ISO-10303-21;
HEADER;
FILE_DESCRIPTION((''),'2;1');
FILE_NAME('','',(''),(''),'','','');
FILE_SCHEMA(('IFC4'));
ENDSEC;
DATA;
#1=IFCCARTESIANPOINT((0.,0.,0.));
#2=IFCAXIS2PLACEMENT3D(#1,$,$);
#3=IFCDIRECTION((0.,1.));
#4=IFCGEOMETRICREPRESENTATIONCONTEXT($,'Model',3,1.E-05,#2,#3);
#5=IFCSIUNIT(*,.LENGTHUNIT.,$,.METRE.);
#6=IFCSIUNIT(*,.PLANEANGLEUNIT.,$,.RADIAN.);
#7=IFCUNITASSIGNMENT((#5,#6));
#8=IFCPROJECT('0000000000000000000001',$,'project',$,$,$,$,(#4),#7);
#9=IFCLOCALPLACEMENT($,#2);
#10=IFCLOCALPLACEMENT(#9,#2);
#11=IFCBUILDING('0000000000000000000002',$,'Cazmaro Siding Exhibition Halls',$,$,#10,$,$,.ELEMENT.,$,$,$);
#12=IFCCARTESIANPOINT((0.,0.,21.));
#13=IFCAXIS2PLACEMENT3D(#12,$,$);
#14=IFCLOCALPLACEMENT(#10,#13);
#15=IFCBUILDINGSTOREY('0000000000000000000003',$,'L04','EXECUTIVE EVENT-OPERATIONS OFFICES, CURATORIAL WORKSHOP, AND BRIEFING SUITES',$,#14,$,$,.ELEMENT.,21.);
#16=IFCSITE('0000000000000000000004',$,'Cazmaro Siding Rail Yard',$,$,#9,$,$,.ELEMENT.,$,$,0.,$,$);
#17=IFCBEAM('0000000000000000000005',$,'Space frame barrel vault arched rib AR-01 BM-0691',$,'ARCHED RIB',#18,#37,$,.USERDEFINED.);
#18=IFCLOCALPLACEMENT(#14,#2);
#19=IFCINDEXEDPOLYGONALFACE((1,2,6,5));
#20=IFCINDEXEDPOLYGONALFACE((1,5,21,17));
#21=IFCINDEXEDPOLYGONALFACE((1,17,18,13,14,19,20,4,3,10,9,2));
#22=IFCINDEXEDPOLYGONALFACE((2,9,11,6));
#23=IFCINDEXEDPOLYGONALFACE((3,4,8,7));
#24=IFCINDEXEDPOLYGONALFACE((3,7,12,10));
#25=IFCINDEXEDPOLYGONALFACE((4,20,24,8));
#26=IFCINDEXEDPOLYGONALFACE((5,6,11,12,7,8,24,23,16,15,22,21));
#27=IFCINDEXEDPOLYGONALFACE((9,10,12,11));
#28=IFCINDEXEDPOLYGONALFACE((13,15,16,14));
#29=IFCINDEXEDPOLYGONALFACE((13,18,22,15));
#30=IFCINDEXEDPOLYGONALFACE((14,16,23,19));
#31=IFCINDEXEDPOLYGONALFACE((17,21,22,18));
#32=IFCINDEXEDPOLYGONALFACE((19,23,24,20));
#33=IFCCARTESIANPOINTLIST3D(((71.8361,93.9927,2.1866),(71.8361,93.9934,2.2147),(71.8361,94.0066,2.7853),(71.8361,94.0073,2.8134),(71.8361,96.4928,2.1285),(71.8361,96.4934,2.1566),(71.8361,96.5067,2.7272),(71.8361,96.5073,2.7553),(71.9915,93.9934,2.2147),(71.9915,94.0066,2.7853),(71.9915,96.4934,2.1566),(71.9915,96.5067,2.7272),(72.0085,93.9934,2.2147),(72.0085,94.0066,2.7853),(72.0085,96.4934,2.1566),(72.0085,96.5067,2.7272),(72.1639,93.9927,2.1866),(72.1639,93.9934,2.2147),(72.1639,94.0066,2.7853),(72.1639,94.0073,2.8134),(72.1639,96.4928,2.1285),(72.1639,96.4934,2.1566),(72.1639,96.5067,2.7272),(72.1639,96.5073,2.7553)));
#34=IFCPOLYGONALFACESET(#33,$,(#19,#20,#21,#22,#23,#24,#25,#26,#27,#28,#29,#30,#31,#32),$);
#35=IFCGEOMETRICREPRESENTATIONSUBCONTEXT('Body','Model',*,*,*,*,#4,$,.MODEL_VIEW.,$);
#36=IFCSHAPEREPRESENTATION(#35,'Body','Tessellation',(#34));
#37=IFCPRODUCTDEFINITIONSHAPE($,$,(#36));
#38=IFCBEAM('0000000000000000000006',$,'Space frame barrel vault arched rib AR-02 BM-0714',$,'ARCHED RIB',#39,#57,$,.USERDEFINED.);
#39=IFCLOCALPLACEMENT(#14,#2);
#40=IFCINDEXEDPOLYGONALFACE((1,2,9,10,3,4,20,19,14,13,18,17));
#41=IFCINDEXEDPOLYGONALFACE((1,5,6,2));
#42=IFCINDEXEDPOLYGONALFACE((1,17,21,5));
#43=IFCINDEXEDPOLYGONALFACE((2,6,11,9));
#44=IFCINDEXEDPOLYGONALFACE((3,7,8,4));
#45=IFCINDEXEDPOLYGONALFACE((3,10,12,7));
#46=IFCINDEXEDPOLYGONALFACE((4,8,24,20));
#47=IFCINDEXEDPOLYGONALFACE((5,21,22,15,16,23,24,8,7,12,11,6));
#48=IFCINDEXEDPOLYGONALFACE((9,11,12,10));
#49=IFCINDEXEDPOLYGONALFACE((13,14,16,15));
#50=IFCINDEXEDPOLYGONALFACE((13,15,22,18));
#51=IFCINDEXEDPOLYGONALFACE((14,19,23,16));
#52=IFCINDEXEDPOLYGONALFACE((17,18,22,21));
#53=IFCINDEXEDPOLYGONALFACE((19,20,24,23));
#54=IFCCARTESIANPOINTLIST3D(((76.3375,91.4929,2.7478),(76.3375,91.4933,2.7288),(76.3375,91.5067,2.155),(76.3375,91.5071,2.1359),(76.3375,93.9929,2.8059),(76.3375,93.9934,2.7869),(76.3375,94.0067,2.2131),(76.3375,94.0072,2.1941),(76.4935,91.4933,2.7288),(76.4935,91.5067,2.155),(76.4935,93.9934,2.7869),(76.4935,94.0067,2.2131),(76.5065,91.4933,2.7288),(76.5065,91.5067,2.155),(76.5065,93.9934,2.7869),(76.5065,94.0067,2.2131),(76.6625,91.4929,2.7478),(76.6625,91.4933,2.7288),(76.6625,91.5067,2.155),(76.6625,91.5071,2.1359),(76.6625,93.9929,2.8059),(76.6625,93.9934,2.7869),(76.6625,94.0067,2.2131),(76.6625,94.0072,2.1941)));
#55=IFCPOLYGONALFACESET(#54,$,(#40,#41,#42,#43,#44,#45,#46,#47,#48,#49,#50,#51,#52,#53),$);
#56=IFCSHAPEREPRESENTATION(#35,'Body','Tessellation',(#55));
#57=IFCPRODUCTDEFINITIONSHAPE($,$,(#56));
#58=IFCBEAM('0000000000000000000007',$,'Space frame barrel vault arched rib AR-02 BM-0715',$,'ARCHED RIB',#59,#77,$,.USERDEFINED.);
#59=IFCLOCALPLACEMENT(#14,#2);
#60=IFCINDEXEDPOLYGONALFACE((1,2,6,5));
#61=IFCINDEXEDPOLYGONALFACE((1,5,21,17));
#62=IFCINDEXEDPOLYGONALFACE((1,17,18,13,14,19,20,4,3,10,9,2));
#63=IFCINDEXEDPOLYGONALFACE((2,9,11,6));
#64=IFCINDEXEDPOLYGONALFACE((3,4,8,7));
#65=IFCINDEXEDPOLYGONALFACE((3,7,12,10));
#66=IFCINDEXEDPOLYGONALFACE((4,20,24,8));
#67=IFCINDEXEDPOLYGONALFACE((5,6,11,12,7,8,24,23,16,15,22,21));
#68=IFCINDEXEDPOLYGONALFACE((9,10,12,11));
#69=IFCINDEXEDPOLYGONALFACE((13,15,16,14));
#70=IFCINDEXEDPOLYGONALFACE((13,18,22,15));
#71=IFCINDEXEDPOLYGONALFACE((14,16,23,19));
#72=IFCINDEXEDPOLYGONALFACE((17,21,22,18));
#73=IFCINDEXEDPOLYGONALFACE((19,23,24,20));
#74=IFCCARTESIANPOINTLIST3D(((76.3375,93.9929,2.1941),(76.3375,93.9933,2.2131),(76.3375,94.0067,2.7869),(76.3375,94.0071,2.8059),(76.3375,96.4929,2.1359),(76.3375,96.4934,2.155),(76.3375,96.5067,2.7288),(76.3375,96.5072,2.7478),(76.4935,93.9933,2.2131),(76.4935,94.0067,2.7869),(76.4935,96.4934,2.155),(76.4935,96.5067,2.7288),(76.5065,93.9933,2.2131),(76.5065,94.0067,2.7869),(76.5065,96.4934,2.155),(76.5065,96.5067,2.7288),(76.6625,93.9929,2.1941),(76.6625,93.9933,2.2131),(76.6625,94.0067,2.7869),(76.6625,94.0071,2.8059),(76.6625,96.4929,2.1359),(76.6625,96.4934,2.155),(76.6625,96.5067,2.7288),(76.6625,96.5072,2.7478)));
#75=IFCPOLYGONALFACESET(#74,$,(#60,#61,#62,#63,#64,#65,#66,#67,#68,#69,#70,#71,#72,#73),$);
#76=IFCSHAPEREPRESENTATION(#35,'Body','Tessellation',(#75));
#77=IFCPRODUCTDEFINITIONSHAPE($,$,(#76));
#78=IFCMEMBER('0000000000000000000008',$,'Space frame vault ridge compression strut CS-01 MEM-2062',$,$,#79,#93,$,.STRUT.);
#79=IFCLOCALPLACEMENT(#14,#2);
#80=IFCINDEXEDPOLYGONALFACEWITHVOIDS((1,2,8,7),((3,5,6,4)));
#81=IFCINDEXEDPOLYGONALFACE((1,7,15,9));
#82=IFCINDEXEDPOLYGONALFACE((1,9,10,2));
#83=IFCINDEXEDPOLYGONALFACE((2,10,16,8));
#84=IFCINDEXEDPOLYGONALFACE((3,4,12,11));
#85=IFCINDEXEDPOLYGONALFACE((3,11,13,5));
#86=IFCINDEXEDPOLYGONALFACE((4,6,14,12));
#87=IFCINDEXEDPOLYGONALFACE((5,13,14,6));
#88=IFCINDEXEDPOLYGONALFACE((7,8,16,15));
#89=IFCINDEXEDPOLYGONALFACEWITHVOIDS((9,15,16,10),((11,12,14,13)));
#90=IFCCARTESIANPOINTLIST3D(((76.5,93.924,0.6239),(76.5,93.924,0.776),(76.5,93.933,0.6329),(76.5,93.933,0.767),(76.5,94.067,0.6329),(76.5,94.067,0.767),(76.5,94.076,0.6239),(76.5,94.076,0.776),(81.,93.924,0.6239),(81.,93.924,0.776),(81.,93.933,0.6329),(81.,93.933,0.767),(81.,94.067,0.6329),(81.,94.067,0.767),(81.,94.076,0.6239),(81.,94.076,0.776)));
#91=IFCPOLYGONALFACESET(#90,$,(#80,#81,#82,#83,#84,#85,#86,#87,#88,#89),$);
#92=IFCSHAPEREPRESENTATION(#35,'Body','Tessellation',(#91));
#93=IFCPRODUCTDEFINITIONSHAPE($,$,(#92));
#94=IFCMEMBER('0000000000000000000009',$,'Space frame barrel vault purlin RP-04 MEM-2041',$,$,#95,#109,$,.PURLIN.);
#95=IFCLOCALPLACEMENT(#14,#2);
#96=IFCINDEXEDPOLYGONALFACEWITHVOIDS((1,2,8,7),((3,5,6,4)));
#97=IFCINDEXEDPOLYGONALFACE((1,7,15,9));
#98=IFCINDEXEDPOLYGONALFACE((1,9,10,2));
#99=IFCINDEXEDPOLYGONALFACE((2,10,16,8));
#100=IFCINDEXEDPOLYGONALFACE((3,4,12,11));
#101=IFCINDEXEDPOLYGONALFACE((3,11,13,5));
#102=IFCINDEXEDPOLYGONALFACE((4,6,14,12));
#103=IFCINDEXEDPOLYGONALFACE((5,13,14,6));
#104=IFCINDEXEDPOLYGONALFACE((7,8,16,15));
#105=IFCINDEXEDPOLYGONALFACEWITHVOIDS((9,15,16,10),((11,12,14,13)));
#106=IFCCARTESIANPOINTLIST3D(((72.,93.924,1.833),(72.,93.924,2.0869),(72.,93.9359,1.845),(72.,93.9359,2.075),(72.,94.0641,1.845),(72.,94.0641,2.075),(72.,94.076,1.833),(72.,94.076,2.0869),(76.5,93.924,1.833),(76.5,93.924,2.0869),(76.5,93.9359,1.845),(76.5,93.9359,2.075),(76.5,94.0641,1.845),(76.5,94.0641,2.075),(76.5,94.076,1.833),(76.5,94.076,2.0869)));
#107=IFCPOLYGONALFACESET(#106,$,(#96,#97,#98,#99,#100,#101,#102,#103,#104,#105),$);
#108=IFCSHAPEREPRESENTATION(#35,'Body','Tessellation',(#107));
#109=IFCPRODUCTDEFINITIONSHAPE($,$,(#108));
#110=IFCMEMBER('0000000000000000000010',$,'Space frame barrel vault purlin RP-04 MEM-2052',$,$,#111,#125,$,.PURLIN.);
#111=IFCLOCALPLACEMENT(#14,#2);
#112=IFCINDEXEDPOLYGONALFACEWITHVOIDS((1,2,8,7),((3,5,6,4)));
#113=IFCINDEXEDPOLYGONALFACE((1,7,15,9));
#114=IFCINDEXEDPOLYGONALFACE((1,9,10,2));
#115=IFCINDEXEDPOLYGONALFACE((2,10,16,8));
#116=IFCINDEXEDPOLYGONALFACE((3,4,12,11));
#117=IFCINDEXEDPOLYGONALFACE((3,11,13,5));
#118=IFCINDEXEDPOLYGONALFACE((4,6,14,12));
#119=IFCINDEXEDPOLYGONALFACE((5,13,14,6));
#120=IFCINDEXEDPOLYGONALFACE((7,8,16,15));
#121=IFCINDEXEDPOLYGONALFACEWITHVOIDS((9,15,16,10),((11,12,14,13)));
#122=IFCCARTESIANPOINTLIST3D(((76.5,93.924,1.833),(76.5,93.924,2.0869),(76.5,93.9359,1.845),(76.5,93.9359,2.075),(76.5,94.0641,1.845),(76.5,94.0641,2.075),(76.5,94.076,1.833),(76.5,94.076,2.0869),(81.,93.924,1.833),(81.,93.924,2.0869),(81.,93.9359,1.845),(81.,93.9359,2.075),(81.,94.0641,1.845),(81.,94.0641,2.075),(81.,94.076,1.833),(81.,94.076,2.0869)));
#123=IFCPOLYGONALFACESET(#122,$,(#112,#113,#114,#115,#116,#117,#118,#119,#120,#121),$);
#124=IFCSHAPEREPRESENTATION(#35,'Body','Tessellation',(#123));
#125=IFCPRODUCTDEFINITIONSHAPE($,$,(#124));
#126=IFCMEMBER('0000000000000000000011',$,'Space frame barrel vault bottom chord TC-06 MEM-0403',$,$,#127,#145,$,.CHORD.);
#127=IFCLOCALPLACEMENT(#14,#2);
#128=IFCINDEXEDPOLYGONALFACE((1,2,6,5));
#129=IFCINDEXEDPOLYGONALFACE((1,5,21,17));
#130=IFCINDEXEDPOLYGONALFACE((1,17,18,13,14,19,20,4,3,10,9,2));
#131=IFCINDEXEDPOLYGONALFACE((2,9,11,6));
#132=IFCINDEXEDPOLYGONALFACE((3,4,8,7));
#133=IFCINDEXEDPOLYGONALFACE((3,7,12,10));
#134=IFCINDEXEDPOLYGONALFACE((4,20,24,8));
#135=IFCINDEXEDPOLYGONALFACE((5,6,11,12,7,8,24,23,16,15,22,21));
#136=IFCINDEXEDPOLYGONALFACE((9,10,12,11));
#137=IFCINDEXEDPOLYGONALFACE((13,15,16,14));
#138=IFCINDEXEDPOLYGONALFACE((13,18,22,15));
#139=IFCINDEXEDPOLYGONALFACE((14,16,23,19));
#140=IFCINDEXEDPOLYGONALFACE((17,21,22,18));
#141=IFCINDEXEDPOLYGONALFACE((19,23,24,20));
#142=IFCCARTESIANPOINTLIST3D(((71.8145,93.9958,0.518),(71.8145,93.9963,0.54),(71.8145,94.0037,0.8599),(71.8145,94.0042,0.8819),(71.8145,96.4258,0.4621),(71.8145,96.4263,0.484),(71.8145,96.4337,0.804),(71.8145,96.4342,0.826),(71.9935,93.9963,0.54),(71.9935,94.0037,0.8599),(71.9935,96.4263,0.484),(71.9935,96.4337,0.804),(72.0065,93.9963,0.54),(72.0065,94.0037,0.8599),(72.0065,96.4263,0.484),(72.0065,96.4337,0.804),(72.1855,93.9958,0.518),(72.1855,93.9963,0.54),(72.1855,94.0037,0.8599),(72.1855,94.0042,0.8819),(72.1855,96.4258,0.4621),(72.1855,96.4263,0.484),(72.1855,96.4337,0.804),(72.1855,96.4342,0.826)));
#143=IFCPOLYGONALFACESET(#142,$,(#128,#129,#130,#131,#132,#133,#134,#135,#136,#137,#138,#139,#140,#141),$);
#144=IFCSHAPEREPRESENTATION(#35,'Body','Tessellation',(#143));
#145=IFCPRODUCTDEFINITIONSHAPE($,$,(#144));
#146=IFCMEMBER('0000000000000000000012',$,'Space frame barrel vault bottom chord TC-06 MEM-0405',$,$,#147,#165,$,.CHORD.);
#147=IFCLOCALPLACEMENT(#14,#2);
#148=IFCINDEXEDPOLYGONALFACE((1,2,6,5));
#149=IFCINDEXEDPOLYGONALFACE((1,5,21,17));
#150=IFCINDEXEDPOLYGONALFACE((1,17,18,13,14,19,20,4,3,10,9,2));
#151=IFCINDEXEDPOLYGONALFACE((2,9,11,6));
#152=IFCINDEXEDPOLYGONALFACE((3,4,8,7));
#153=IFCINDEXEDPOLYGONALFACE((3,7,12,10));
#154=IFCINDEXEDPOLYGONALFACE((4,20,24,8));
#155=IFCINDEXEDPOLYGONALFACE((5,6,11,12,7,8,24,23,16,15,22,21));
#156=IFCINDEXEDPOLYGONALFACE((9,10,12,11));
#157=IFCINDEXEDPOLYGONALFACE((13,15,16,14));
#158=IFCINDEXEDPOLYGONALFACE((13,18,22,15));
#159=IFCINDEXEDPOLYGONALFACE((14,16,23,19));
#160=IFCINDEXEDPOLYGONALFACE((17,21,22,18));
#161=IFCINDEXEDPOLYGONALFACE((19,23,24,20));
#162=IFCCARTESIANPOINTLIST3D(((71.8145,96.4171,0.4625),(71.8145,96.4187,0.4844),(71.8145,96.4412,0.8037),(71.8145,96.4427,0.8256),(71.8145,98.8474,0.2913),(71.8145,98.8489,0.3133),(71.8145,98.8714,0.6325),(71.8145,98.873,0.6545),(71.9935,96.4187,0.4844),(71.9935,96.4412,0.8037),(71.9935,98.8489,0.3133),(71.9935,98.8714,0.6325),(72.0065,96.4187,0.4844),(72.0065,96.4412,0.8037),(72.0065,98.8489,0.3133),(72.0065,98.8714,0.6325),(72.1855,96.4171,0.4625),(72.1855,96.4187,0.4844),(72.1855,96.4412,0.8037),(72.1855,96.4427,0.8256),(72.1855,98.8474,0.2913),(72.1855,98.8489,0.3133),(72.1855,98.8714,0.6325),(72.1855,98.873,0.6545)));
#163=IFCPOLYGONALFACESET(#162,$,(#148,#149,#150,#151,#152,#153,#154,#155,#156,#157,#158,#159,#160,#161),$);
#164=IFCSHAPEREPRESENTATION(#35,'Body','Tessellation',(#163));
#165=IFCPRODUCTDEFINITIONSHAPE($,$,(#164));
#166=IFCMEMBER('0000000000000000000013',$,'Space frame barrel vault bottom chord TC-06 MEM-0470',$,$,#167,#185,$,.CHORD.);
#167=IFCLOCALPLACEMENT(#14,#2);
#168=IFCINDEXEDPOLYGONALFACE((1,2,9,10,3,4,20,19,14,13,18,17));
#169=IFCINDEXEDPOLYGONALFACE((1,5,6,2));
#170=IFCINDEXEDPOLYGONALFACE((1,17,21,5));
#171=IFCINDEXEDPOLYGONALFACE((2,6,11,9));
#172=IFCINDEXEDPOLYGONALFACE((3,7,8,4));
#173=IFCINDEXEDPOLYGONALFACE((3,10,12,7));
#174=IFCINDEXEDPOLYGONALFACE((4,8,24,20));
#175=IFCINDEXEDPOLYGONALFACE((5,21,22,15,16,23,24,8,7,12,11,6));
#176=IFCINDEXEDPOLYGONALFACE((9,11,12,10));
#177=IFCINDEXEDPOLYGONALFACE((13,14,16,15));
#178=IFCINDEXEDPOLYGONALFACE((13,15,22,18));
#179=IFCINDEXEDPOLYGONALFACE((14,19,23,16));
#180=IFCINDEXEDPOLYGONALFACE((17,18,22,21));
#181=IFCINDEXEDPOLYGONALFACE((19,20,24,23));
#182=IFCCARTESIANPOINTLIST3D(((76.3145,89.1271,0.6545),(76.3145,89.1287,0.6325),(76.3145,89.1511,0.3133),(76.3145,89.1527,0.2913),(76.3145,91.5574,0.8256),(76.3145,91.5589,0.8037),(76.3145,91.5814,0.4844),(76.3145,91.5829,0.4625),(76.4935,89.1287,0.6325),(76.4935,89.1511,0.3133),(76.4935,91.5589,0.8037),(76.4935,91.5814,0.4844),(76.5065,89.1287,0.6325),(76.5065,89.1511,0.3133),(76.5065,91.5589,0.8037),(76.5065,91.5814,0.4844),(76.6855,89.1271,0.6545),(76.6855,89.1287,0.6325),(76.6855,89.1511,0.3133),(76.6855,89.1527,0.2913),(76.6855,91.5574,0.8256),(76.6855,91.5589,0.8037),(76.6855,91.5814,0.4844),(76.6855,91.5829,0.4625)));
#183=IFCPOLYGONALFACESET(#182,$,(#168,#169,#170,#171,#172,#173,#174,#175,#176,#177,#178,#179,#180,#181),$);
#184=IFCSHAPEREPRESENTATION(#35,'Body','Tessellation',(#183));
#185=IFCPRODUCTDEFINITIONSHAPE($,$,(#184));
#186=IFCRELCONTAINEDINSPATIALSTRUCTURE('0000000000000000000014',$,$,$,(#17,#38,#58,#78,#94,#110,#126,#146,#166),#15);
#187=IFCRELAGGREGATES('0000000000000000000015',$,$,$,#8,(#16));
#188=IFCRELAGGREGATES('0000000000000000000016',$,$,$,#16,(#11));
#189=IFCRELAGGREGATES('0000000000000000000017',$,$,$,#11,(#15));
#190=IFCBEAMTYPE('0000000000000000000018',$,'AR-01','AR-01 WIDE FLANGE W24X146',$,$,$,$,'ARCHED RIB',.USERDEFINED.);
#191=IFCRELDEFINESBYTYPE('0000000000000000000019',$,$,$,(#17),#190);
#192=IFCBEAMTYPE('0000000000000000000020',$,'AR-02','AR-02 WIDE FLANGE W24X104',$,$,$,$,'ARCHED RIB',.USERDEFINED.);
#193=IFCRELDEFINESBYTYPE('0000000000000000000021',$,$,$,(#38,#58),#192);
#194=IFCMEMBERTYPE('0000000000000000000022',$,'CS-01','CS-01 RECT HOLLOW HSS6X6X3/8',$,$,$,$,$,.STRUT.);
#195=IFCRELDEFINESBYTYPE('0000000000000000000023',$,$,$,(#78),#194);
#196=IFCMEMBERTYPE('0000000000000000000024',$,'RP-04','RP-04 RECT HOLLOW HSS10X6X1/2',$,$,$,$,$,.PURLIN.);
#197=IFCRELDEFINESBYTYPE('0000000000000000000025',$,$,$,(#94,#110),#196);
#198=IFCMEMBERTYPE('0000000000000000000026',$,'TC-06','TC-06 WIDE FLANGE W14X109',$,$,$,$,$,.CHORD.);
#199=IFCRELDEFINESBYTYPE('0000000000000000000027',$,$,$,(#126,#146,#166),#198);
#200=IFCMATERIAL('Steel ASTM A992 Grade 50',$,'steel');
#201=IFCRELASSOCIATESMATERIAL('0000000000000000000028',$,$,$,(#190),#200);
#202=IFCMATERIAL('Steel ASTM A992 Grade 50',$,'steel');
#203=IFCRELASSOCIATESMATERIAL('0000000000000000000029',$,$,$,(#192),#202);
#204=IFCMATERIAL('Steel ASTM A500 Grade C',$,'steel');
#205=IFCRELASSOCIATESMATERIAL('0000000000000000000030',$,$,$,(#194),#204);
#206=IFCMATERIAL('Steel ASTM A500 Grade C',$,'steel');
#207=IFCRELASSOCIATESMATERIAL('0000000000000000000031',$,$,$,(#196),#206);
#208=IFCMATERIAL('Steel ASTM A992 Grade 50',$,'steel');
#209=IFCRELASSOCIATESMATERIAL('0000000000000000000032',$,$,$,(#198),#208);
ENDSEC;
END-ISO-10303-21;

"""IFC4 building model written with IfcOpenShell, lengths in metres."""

from ifc_helpers import new_model, si_unit, direction, frame, origin, origin_2d, place, context, subcontext, project, spatial, hollow_rectangle, i_section, extrude, material, material_profile, profile_set, type_object, element, save


model = new_model("IFC4")

# Units and contexts
model_context = context("Model", 3, precision=1e-05, world=origin(), true_north=direction((0.0, 1.0)))
body_context = subcontext(model_context, "Body", "Model", "MODEL_VIEW")
ifc_project = project(units=[si_unit("LENGTHUNIT", "METRE"), si_unit("PLANEANGLEUNIT", "RADIAN")], contexts=[model_context])

# Site, building, storey
site_placement = place(None, origin())
site = spatial("IfcSite", under=ifc_project, at=site_placement, Name="Cazmaro Siding Rail Yard", CompositionType="ELEMENT", RefElevation=0.0)
building_placement = place(site_placement, origin())
building = spatial("IfcBuilding", under=site, at=building_placement, Name="Cazmaro Siding Exhibition Halls", CompositionType="ELEMENT")
storey_placement = place(building_placement, frame((0.0, 0.0, 21.0)))
storey = spatial("IfcBuildingStorey", under=building, at=storey_placement, Name="L04", Description="EXECUTIVE EVENT-OPERATIONS OFFICES, CURATORIAL WORKSHOP, AND BRIEFING SUITES", CompositionType="ELEMENT", Elevation=21.0)

# Beams
ifc_material_1 = material(Name="Steel ASTM A992 Grade 50", Category="steel")
ifc_material_profile_1 = material_profile(ifc_material_1, i_section(OverallWidth=0.3279, OverallDepth=0.627, WebThickness=0.0171, FlangeThickness=0.0281, at=origin_2d()), Name="W24X146")
ifc_profile_set_1 = profile_set([ifc_material_profile_1], Name="Steel ASTM A992 Grade 50")
beam_type_1 = type_object("IfcBeamType", Name="AR-01", Description="AR-01 WIDE FLANGE W24X146", ElementType="ARCHED RIB", PredefinedType="USERDEFINED", material=ifc_profile_set_1)
beam_placement = place(storey_placement, frame((72.0, 94.0, 2.5), z_axis=(0.0, 0.99973, -0.023236), x_axis=(-1.0, 0.0, 0.0)))
element("IfcBeam", 1, at=beam_placement, inside=storey, type_object=beam_type_1, Name="Space frame barrel vault arched rib AR-01 BM-0691", ObjectType="ARCHED RIB", PredefinedType="USERDEFINED", context=body_context, shape_type="SweptSolid", body=[
    extrude(i_section(OverallWidth=0.3279, OverallDepth=0.627, WebThickness=0.0171, FlangeThickness=0.0281, at=origin_2d()), origin(), (0.0, 0.0, 1.0), 2.5007),
])
ifc_material_2 = material(Name="Steel ASTM A992 Grade 50", Category="steel")
ifc_material_profile_2 = material_profile(ifc_material_2, i_section(OverallWidth=0.325, OverallDepth=0.6121, WebThickness=0.0129, FlangeThickness=0.019, at=origin_2d()), Name="W24X104")
ifc_profile_set_2 = profile_set([ifc_material_profile_2], Name="Steel ASTM A992 Grade 50")
beam_type_2 = type_object("IfcBeamType", Name="AR-02", Description="AR-02 WIDE FLANGE W24X104", ElementType="ARCHED RIB", PredefinedType="USERDEFINED", material=ifc_profile_set_2)
for number, where, z_axis, x_axis, name in (
    (2, (76.5, 91.5, 2.4419), (0.0, 0.99973, 0.023236), (-1.0, 0.0, 0.0), "Space frame barrel vault arched rib AR-02 BM-0714"),
    (3, (76.5, 94.0, 2.5), (0.0, 0.99973, -0.023236), (-1.0, 0.0, 0.0), "Space frame barrel vault arched rib AR-02 BM-0715"),
):
    element("IfcBeam", number, at=place(storey_placement, frame(where, z_axis=z_axis, x_axis=x_axis)), inside=storey, type_object=beam_type_2, Name=name, ObjectType="ARCHED RIB", PredefinedType="USERDEFINED", context=body_context, shape_type="SweptSolid", body=[
        extrude(i_section(OverallWidth=0.325, OverallDepth=0.6121, WebThickness=0.0129, FlangeThickness=0.019, at=origin_2d()), origin(), (0.0, 0.0, 1.0), 2.5007),
    ])

# Members
ifc_material_3 = material(Name="Steel ASTM A500 Grade C", Category="steel")
ifc_material_profile_3 = material_profile(ifc_material_3, hollow_rectangle(XDim=0.1521, YDim=0.1521, WallThickness=0.009, at=origin_2d()), Name="HSS6X6X3/8")
ifc_profile_set_3 = profile_set([ifc_material_profile_3], Name="Steel ASTM A500 Grade C")
member_type_1 = type_object("IfcMemberType", Name="CS-01", Description="CS-01 RECT HOLLOW HSS6X6X3/8", PredefinedType="STRUT", material=ifc_profile_set_3)
member_1_placement = place(storey_placement, frame((76.5, 94.0, 0.7), z_axis=(1.0, 0.0, 0.0), x_axis=(0.0, 1.0, 0.0)))
element("IfcMember", 4, at=member_1_placement, inside=storey, type_object=member_type_1, Name="Space frame vault ridge compression strut CS-01 MEM-2062", PredefinedType="STRUT", context=body_context, shape_type="SweptSolid", body=[
    extrude(hollow_rectangle(XDim=0.1521, YDim=0.1521, WallThickness=0.009, at=origin_2d()), origin(), (0.0, 0.0, 1.0), 4.5),
])
ifc_material_4 = material(Name="Steel ASTM A500 Grade C", Category="steel")
ifc_material_profile_4 = material_profile(ifc_material_4, hollow_rectangle(XDim=0.1521, YDim=0.2539, WallThickness=0.012, at=origin_2d()), Name="HSS10X6X1/2")
ifc_profile_set_4 = profile_set([ifc_material_profile_4], Name="Steel ASTM A500 Grade C")
member_type_2 = type_object("IfcMemberType", Name="RP-04", Description="RP-04 RECT HOLLOW HSS10X6X1/2", PredefinedType="PURLIN", material=ifc_profile_set_4)
for number, where, z_axis, x_axis, name in (
    (5, (72.0, 94.0, 1.96), (1.0, 0.0, 0.0), (0.0, 1.0, 0.0), "Space frame barrel vault purlin RP-04 MEM-2041"),
    (6, (76.5, 94.0, 1.96), (1.0, 0.0, 0.0), (0.0, 1.0, 0.0), "Space frame barrel vault purlin RP-04 MEM-2052"),
):
    element("IfcMember", number, at=place(storey_placement, frame(where, z_axis=z_axis, x_axis=x_axis)), inside=storey, type_object=member_type_2, Name=name, PredefinedType="PURLIN", context=body_context, shape_type="SweptSolid", body=[
        extrude(hollow_rectangle(XDim=0.1521, YDim=0.2539, WallThickness=0.012, at=origin_2d()), origin(), (0.0, 0.0, 1.0), 4.5),
    ])
ifc_material_5 = material(Name="Steel ASTM A992 Grade 50", Category="steel")
ifc_material_profile_5 = material_profile(ifc_material_5, i_section(OverallWidth=0.3711, OverallDepth=0.364, WebThickness=0.0129, FlangeThickness=0.022, at=origin_2d()), Name="W14X109")
ifc_profile_set_5 = profile_set([ifc_material_profile_5], Name="Steel ASTM A992 Grade 50")
member_type_3 = type_object("IfcMemberType", Name="TC-06", Description="TC-06 WIDE FLANGE W14X109", PredefinedType="CHORD", material=ifc_profile_set_5)
member_2_placement = place(storey_placement, frame((72.0, 94.0, 0.7), z_axis=(0.0, 0.999735, -0.023002), x_axis=(-1.0, 0.0, 0.0)))
element("IfcMember", 7, at=member_2_placement, inside=storey, type_object=member_type_3, Name="Space frame barrel vault bottom chord TC-06 MEM-0403", PredefinedType="CHORD", context=body_context, shape_type="SweptSolid", body=[
    extrude(i_section(OverallWidth=0.3711, OverallDepth=0.364, WebThickness=0.0129, FlangeThickness=0.022, at=origin_2d()), origin(), (0.0, 0.0, 1.0), 2.4307),
])
for number, where, z_axis, x_axis, name in (
    (8, (72.0, 96.4299, 0.644), (0.0, 0.997529, -0.07025), (-1.0, 0.0, 0.0), "Space frame barrel vault bottom chord TC-06 MEM-0405"),
    (9, (76.5, 89.1399, 0.4729), (0.0, 0.997529, 0.07025), (-1.0, 0.0, 0.0), "Space frame barrel vault bottom chord TC-06 MEM-0470"),
):
    element("IfcMember", number, at=place(storey_placement, frame(where, z_axis=z_axis, x_axis=x_axis)), inside=storey, type_object=member_type_3, Name=name, PredefinedType="CHORD", context=body_context, shape_type="SweptSolid", body=[
        extrude(i_section(OverallWidth=0.3711, OverallDepth=0.364, WebThickness=0.0129, FlangeThickness=0.022, at=origin_2d()), origin(), (0.0, 0.0, 1.0), 2.4363),
    ])

save(model, "model.ifc")
